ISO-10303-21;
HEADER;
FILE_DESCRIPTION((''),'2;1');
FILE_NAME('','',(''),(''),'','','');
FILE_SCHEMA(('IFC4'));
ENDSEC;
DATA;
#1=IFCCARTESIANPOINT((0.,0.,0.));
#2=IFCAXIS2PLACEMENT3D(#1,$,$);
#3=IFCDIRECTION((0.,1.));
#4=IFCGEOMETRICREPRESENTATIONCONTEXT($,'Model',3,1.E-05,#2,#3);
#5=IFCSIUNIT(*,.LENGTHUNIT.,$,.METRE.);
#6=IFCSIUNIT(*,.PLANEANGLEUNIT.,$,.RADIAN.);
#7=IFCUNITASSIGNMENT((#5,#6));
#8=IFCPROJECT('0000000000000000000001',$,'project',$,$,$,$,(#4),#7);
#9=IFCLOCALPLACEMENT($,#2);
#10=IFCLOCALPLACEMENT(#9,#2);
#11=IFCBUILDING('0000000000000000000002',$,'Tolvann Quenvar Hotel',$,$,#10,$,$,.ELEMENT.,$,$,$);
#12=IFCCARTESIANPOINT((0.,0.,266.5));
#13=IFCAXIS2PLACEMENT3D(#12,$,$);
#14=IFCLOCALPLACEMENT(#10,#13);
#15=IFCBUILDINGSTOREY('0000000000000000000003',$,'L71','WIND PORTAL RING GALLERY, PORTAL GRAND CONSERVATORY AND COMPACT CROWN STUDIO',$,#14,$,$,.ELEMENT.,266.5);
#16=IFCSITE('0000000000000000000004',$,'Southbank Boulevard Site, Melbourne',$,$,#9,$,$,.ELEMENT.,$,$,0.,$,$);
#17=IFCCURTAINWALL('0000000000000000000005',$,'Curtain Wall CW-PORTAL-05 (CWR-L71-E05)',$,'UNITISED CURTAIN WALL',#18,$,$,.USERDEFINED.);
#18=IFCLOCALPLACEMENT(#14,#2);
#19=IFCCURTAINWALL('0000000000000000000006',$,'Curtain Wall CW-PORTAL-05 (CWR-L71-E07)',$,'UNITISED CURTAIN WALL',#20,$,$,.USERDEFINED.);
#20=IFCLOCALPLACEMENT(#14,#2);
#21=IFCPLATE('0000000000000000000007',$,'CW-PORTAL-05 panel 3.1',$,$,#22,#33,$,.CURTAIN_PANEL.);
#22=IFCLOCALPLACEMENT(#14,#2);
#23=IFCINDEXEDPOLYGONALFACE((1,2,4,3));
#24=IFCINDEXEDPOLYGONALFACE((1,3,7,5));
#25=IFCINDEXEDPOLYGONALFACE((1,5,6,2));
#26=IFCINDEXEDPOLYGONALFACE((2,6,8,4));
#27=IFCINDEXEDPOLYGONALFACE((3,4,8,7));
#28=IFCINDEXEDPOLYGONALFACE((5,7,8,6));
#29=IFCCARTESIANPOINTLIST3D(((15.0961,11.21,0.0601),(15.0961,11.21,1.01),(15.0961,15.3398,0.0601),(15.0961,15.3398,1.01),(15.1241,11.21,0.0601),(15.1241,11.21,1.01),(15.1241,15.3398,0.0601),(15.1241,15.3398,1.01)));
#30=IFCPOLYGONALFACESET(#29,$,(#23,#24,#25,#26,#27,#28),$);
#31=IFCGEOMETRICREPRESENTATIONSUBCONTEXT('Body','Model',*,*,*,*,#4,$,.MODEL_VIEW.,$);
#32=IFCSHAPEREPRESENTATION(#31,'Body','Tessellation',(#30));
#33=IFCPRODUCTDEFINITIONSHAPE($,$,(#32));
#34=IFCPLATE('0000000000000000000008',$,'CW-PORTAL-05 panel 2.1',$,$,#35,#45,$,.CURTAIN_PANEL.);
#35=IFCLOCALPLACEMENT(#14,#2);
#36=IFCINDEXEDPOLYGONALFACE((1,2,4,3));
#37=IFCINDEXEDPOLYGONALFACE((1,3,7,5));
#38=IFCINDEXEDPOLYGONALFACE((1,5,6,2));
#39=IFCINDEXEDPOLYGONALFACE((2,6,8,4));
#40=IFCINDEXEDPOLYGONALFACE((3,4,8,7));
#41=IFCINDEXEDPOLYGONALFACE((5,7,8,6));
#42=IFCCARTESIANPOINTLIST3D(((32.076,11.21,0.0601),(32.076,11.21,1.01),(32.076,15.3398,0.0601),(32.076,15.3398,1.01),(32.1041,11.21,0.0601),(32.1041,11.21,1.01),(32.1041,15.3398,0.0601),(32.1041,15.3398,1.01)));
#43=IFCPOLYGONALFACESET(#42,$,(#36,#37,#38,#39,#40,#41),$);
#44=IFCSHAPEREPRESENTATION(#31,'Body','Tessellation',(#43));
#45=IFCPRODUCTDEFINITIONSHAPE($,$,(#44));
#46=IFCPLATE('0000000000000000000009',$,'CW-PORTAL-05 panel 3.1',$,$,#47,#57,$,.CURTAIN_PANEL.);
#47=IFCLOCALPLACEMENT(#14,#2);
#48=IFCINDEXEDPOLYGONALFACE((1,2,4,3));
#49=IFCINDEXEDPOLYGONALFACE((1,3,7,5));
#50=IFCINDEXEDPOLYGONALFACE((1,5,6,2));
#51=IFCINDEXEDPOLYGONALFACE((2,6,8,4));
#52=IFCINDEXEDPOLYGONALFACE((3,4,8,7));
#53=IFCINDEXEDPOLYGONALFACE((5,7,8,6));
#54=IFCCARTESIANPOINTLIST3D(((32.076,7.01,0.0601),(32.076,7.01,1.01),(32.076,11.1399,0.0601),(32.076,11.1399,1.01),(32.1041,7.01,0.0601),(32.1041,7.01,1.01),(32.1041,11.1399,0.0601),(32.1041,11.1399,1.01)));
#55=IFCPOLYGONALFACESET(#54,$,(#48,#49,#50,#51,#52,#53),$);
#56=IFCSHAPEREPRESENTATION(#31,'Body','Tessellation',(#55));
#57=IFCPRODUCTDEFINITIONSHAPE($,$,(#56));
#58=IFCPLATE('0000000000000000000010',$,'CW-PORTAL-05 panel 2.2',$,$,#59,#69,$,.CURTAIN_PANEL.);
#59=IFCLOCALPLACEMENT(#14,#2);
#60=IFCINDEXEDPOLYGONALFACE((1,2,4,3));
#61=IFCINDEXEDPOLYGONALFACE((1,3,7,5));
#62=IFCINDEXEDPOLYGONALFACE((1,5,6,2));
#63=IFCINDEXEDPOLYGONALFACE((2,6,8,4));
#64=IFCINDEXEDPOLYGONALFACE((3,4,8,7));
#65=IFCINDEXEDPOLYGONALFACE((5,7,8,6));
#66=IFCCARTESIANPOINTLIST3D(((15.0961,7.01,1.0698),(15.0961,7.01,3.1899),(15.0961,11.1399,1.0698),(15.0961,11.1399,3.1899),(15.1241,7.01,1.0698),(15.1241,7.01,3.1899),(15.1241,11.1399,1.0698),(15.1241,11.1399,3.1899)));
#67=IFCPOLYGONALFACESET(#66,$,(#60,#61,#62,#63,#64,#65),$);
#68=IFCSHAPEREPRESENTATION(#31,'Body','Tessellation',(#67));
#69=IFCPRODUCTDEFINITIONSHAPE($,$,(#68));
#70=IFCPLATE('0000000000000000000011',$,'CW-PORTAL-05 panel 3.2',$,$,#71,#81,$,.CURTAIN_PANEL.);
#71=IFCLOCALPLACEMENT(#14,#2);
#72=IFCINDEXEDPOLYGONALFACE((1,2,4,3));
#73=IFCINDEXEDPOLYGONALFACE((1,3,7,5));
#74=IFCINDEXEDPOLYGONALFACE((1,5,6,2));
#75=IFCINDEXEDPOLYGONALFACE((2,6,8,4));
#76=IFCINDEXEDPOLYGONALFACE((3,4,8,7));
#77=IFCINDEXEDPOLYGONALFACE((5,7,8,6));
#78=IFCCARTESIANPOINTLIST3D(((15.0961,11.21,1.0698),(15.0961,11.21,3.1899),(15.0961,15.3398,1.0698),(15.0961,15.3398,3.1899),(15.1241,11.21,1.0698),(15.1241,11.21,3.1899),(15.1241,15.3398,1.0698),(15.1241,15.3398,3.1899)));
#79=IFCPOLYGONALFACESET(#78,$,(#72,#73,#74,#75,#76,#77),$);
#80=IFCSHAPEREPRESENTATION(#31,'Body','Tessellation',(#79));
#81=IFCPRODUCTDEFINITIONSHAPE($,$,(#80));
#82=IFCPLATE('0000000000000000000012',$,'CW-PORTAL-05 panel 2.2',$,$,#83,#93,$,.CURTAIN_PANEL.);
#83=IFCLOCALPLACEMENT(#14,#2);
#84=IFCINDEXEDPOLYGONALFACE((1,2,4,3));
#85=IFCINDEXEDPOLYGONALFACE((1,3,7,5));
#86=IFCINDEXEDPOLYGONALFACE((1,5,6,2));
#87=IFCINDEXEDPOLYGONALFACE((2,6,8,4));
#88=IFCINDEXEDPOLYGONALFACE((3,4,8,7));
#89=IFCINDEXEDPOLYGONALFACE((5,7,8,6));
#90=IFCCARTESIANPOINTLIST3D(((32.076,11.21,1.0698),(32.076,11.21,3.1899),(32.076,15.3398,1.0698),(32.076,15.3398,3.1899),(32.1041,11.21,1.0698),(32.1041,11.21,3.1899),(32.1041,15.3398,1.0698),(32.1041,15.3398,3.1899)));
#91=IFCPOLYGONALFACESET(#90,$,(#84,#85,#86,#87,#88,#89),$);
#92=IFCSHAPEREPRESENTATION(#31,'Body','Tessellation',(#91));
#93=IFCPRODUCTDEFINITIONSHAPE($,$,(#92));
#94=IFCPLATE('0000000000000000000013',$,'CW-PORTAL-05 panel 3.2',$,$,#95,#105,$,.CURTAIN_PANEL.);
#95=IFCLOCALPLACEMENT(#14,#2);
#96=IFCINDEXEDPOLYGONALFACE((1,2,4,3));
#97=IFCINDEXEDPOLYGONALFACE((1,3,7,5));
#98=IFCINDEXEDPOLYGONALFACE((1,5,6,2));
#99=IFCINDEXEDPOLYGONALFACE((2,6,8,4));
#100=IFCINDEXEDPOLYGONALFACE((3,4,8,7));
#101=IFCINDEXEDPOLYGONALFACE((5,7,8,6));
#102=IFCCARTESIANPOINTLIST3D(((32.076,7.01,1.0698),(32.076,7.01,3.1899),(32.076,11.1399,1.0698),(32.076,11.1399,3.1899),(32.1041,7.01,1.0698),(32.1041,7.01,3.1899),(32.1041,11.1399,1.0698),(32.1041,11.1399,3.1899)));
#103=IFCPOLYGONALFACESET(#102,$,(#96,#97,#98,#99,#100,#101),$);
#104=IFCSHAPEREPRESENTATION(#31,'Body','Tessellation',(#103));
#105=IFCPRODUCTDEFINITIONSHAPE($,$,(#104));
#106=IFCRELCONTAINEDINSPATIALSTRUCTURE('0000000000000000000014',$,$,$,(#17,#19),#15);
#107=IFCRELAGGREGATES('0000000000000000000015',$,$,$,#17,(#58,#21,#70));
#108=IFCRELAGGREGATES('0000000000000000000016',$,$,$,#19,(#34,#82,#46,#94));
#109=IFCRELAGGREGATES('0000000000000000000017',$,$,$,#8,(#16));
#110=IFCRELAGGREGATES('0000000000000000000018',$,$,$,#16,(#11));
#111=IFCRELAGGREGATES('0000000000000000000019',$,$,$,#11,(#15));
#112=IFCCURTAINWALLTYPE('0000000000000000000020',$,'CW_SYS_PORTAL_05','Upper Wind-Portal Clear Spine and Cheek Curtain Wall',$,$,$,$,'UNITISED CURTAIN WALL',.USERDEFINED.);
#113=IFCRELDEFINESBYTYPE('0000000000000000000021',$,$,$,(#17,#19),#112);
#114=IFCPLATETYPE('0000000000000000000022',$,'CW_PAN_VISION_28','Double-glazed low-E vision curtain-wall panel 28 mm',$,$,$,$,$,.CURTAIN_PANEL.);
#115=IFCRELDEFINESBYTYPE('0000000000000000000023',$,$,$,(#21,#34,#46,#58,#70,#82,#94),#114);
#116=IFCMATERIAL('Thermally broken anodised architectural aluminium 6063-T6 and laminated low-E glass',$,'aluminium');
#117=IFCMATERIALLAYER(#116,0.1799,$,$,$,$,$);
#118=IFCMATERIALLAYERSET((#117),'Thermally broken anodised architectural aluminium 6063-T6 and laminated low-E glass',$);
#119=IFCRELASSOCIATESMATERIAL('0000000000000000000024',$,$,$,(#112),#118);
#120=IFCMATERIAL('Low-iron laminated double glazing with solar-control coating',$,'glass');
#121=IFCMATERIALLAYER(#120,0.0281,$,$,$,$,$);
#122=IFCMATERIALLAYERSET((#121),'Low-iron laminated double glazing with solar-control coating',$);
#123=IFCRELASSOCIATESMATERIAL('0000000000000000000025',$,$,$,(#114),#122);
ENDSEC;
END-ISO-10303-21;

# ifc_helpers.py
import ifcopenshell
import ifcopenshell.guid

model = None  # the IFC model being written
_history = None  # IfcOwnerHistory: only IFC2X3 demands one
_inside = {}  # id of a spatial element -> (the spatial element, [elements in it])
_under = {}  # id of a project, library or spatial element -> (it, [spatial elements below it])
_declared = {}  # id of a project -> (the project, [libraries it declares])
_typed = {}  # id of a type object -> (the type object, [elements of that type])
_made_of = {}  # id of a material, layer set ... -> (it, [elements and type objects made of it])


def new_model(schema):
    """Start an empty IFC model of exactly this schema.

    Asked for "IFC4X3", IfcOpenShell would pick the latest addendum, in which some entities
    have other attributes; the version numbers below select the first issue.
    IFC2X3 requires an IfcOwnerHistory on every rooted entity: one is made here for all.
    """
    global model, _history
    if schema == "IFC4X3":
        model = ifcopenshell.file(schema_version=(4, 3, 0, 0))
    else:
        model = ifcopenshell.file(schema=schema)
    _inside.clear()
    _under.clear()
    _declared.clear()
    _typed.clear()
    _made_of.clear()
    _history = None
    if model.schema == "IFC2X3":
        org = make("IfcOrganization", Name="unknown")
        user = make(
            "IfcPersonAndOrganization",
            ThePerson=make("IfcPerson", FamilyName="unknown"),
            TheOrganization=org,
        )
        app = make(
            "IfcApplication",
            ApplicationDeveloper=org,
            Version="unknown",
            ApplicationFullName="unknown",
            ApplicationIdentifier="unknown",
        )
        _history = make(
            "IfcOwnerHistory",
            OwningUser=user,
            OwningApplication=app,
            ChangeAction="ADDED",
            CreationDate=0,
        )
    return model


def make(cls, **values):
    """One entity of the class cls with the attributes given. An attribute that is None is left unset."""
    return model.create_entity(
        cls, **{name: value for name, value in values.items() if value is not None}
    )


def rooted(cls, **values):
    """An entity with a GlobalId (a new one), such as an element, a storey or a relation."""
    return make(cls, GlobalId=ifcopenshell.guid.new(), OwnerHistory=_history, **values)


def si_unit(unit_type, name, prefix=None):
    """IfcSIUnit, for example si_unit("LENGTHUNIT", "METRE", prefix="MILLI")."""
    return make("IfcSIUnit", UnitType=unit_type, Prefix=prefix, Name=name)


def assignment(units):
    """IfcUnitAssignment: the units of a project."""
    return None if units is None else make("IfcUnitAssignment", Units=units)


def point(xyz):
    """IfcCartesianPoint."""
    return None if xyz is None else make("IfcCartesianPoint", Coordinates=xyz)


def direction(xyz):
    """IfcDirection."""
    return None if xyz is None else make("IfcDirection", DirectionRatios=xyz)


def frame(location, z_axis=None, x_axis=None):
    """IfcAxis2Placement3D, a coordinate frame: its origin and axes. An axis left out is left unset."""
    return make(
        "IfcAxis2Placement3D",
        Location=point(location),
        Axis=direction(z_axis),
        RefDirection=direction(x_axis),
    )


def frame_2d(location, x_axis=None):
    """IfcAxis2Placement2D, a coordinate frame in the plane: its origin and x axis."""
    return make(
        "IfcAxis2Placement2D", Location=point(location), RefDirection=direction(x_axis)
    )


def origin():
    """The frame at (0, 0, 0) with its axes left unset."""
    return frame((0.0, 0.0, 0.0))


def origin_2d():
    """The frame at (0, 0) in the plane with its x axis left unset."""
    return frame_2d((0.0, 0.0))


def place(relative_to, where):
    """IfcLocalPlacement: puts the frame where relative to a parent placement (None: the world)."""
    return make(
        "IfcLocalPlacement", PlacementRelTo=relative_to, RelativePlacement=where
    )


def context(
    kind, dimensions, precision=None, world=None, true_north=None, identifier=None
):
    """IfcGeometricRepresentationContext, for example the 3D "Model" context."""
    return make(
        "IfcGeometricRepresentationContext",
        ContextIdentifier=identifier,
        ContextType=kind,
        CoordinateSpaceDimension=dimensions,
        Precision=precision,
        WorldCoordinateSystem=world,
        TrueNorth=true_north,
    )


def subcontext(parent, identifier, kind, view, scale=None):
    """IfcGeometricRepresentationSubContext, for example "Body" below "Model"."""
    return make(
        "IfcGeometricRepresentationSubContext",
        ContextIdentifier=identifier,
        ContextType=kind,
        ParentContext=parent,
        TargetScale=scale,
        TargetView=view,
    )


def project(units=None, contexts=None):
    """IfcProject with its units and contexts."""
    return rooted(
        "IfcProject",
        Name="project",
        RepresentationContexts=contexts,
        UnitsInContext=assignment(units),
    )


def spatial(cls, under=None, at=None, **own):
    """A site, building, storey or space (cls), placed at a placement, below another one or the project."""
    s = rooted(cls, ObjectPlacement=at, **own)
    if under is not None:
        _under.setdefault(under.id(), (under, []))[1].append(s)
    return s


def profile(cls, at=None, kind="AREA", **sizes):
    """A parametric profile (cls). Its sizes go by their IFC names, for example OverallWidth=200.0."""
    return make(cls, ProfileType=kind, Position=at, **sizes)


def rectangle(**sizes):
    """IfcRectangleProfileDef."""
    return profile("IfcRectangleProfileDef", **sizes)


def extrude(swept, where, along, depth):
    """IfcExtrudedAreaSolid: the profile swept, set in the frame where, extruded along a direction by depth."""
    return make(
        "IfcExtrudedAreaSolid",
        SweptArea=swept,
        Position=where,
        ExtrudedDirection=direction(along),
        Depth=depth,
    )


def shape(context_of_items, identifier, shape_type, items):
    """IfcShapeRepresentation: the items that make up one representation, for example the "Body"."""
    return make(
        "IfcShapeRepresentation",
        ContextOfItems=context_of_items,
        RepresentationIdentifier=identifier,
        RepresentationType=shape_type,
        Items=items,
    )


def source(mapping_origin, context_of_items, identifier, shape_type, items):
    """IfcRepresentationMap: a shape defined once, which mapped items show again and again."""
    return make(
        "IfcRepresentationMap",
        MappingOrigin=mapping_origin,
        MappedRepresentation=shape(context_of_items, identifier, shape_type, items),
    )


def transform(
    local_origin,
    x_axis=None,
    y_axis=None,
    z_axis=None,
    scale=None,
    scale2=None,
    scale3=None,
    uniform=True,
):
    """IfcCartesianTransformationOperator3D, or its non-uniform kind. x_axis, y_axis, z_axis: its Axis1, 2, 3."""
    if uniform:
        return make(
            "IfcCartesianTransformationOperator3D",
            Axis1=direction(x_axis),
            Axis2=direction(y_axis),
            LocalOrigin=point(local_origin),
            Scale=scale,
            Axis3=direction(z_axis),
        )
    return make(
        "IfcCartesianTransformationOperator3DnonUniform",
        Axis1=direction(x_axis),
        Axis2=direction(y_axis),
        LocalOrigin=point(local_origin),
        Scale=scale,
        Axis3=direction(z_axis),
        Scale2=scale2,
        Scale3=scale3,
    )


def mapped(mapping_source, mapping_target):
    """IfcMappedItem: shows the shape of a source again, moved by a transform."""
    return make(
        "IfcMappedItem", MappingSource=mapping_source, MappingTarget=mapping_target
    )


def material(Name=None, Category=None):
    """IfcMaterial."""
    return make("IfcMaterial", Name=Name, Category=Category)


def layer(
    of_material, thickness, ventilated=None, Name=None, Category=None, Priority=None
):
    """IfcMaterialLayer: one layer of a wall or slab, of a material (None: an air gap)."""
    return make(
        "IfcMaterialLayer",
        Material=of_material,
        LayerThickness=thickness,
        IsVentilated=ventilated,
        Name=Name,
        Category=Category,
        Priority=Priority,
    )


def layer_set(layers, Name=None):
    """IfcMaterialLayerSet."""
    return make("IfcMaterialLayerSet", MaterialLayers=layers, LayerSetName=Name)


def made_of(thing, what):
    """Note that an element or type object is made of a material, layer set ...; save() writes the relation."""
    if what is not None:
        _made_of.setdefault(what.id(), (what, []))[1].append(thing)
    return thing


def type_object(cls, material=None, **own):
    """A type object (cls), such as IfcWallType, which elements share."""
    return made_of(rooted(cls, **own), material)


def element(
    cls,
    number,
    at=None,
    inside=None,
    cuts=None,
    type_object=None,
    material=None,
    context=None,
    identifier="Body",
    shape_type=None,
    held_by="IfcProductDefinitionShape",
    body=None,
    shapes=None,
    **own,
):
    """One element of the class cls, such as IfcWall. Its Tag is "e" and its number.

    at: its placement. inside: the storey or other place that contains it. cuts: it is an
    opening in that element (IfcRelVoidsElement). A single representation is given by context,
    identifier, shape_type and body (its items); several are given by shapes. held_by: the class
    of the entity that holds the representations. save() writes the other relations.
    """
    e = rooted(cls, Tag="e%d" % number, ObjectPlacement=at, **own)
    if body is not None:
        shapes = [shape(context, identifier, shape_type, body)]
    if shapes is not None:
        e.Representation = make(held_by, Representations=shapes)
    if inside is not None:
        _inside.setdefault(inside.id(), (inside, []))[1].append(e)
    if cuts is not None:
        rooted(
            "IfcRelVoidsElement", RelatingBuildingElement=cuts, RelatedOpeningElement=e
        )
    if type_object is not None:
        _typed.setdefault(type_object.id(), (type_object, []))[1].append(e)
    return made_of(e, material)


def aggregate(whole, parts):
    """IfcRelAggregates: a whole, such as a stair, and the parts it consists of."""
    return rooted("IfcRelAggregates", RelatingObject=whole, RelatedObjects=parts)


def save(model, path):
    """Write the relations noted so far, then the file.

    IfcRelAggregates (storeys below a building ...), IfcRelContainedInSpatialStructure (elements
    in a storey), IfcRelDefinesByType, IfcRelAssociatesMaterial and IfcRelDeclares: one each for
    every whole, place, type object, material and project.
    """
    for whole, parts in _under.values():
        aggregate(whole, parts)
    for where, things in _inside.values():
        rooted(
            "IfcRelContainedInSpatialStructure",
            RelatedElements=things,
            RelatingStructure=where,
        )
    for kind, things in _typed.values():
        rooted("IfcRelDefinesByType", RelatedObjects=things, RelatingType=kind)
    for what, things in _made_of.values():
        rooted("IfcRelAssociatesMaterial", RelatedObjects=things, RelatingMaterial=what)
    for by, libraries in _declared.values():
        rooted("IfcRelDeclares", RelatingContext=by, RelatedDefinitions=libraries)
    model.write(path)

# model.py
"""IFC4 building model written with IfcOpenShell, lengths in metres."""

from ifc_helpers import new_model, si_unit, direction, frame, origin, origin_2d, place, context, subcontext, project, spatial, rectangle, extrude, source, transform, mapped, material, layer, layer_set, type_object, element, aggregate, save


model = new_model("IFC4")

# Units and contexts
model_context = context("Model", 3, precision=1e-05, world=origin(), true_north=direction((0.0, 1.0)))
body_context = subcontext(model_context, "Body", "Model", "MODEL_VIEW")
ifc_project = project(units=[si_unit("LENGTHUNIT", "METRE"), si_unit("PLANEANGLEUNIT", "RADIAN")], contexts=[model_context])

# Site, building, storey
site_placement = place(None, origin())
site = spatial("IfcSite", under=ifc_project, at=site_placement, Name="Southbank Boulevard Site, Melbourne", CompositionType="ELEMENT", RefElevation=0.0)
building_placement = place(site_placement, origin())
building = spatial("IfcBuilding", under=site, at=building_placement, Name="Tolvann Quenvar Hotel", CompositionType="ELEMENT")
storey_placement = place(building_placement, frame((0.0, 0.0, 266.5)))
storey = spatial("IfcBuildingStorey", under=building, at=storey_placement, Name="L71", Description="WIND PORTAL RING GALLERY, PORTAL GRAND CONSERVATORY AND COMPACT CROWN STUDIO", CompositionType="ELEMENT", Elevation=266.5)

# Curtain walls
ifc_material_1 = material(Name="Thermally broken anodised architectural aluminium 6063-T6 and laminated low-E glass", Category="aluminium")
ifc_layer_1 = layer(ifc_material_1, 0.1799)
ifc_layer_set_1 = layer_set([ifc_layer_1], Name="Thermally broken anodised architectural aluminium 6063-T6 and laminated low-E glass")
curtain_wall_type = type_object("IfcCurtainWallType", Name="CW_SYS_PORTAL_05", Description="Upper Wind-Portal Clear Spine and Cheek Curtain Wall", ElementType="UNITISED CURTAIN WALL", PredefinedType="USERDEFINED", material=ifc_layer_set_1)
curtain_wall_1_placement = place(storey_placement, origin())
curtain_wall_1 = element("IfcCurtainWall", 1, at=curtain_wall_1_placement, inside=storey, type_object=curtain_wall_type, Name="Curtain Wall CW-PORTAL-05 (CWR-L71-E05)", ObjectType="UNITISED CURTAIN WALL", PredefinedType="USERDEFINED")
curtain_wall_2_placement = place(storey_placement, origin())
curtain_wall_2 = element("IfcCurtainWall", 2, at=curtain_wall_2_placement, inside=storey, type_object=curtain_wall_type, Name="Curtain Wall CW-PORTAL-05 (CWR-L71-E07)", ObjectType="UNITISED CURTAIN WALL", PredefinedType="USERDEFINED")

# Plates
ifc_material_2 = material(Name="Low-iron laminated double glazing with solar-control coating", Category="glass")
ifc_layer_2 = layer(ifc_material_2, 0.0281)
ifc_layer_set_2 = layer_set([ifc_layer_2], Name="Low-iron laminated double glazing with solar-control coating")
plate_type = type_object("IfcPlateType", Name="CW_PAN_VISION_28", Description="Double-glazed low-E vision curtain-wall panel 28 mm", PredefinedType="CURTAIN_PANEL", material=ifc_layer_set_2)
shared_shape_1 = source(origin(), body_context, "Body", "SweptSolid", [
    extrude(rectangle(XDim=4.1299, YDim=0.0281, at=origin_2d()), origin(), (0.0, 0.0, 1.0), 0.95),
])
plate_1_placement = place(storey_placement, frame((15.1101, 13.2749, 0.0601), z_axis=(0.0, 0.0, 1.0), x_axis=(0.0, 1.0, 0.0)))
plate_1 = element("IfcPlate", 3, at=plate_1_placement, type_object=plate_type, Name="CW-PORTAL-05 panel 3.1", PredefinedType="CURTAIN_PANEL", context=body_context, shape_type="MappedRepresentation", body=[
    mapped(shared_shape_1, transform((0.0, 0.0, 0.0), x_axis=(1.0, 0.0, 0.0), y_axis=(0.0, 1.0, 0.0), z_axis=(0.0, 0.0, 1.0), scale=1.0)),
])
plate_2_placement = place(storey_placement, frame((32.0901, 13.2749, 0.0601), z_axis=(0.0, 0.0, 1.0), x_axis=(0.0, -1.0, 0.0)))
plate_2 = element("IfcPlate", 4, at=plate_2_placement, type_object=plate_type, Name="CW-PORTAL-05 panel 2.1", PredefinedType="CURTAIN_PANEL", context=body_context, shape_type="MappedRepresentation", body=[
    mapped(shared_shape_1, transform((0.0, 0.0, 0.0), x_axis=(1.0, 0.0, 0.0), y_axis=(0.0, 1.0, 0.0), z_axis=(0.0, 0.0, 1.0), scale=1.0)),
])
plate_3_placement = place(storey_placement, frame((32.0901, 9.075, 0.0601), z_axis=(0.0, 0.0, 1.0), x_axis=(0.0, -1.0, 0.0)))
plate_3 = element("IfcPlate", 5, at=plate_3_placement, type_object=plate_type, Name="CW-PORTAL-05 panel 3.1", PredefinedType="CURTAIN_PANEL", context=body_context, shape_type="MappedRepresentation", body=[
    mapped(shared_shape_1, transform((0.0, 0.0, 0.0), x_axis=(1.0, 0.0, 0.0), y_axis=(0.0, 1.0, 0.0), z_axis=(0.0, 0.0, 1.0), scale=1.0)),
])
shared_shape_2 = source(origin(), body_context, "Body", "SweptSolid", [
    extrude(rectangle(XDim=4.1299, YDim=0.0281, at=origin_2d()), origin(), (0.0, 0.0, 1.0), 2.1201),
])
plate_4_placement = place(storey_placement, frame((15.1101, 9.075, 1.0698), z_axis=(0.0, 0.0, 1.0), x_axis=(0.0, 1.0, 0.0)))
plate_4 = element("IfcPlate", 6, at=plate_4_placement, type_object=plate_type, Name="CW-PORTAL-05 panel 2.2", PredefinedType="CURTAIN_PANEL", context=body_context, shape_type="MappedRepresentation", body=[
    mapped(shared_shape_2, transform((0.0, 0.0, 0.0), x_axis=(1.0, 0.0, 0.0), y_axis=(0.0, 1.0, 0.0), z_axis=(0.0, 0.0, 1.0), scale=1.0)),
])
plate_5_placement = place(storey_placement, frame((15.1101, 13.2749, 1.0698), z_axis=(0.0, 0.0, 1.0), x_axis=(0.0, 1.0, 0.0)))
plate_5 = element("IfcPlate", 7, at=plate_5_placement, type_object=plate_type, Name="CW-PORTAL-05 panel 3.2", PredefinedType="CURTAIN_PANEL", context=body_context, shape_type="MappedRepresentation", body=[
    mapped(shared_shape_2, transform((0.0, 0.0, 0.0), x_axis=(1.0, 0.0, 0.0), y_axis=(0.0, 1.0, 0.0), z_axis=(0.0, 0.0, 1.0), scale=1.0)),
])
aggregate(curtain_wall_1, [plate_4, plate_1, plate_5])
plate_6_placement = place(storey_placement, frame((32.0901, 13.2749, 1.0698), z_axis=(0.0, 0.0, 1.0), x_axis=(0.0, -1.0, 0.0)))
plate_6 = element("IfcPlate", 8, at=plate_6_placement, type_object=plate_type, Name="CW-PORTAL-05 panel 2.2", PredefinedType="CURTAIN_PANEL", context=body_context, shape_type="MappedRepresentation", body=[
    mapped(shared_shape_2, transform((0.0, 0.0, 0.0), x_axis=(1.0, 0.0, 0.0), y_axis=(0.0, 1.0, 0.0), z_axis=(0.0, 0.0, 1.0), scale=1.0)),
])
plate_7_placement = place(storey_placement, frame((32.0901, 9.075, 1.0698), z_axis=(0.0, 0.0, 1.0), x_axis=(0.0, -1.0, 0.0)))
plate_7 = element("IfcPlate", 9, at=plate_7_placement, type_object=plate_type, Name="CW-PORTAL-05 panel 3.2", PredefinedType="CURTAIN_PANEL", context=body_context, shape_type="MappedRepresentation", body=[
    mapped(shared_shape_2, transform((0.0, 0.0, 0.0), x_axis=(1.0, 0.0, 0.0), y_axis=(0.0, 1.0, 0.0), z_axis=(0.0, 0.0, 1.0), scale=1.0)),
])
aggregate(curtain_wall_2, [plate_2, plate_6, plate_3, plate_7])

save(model, "model.ifc")
